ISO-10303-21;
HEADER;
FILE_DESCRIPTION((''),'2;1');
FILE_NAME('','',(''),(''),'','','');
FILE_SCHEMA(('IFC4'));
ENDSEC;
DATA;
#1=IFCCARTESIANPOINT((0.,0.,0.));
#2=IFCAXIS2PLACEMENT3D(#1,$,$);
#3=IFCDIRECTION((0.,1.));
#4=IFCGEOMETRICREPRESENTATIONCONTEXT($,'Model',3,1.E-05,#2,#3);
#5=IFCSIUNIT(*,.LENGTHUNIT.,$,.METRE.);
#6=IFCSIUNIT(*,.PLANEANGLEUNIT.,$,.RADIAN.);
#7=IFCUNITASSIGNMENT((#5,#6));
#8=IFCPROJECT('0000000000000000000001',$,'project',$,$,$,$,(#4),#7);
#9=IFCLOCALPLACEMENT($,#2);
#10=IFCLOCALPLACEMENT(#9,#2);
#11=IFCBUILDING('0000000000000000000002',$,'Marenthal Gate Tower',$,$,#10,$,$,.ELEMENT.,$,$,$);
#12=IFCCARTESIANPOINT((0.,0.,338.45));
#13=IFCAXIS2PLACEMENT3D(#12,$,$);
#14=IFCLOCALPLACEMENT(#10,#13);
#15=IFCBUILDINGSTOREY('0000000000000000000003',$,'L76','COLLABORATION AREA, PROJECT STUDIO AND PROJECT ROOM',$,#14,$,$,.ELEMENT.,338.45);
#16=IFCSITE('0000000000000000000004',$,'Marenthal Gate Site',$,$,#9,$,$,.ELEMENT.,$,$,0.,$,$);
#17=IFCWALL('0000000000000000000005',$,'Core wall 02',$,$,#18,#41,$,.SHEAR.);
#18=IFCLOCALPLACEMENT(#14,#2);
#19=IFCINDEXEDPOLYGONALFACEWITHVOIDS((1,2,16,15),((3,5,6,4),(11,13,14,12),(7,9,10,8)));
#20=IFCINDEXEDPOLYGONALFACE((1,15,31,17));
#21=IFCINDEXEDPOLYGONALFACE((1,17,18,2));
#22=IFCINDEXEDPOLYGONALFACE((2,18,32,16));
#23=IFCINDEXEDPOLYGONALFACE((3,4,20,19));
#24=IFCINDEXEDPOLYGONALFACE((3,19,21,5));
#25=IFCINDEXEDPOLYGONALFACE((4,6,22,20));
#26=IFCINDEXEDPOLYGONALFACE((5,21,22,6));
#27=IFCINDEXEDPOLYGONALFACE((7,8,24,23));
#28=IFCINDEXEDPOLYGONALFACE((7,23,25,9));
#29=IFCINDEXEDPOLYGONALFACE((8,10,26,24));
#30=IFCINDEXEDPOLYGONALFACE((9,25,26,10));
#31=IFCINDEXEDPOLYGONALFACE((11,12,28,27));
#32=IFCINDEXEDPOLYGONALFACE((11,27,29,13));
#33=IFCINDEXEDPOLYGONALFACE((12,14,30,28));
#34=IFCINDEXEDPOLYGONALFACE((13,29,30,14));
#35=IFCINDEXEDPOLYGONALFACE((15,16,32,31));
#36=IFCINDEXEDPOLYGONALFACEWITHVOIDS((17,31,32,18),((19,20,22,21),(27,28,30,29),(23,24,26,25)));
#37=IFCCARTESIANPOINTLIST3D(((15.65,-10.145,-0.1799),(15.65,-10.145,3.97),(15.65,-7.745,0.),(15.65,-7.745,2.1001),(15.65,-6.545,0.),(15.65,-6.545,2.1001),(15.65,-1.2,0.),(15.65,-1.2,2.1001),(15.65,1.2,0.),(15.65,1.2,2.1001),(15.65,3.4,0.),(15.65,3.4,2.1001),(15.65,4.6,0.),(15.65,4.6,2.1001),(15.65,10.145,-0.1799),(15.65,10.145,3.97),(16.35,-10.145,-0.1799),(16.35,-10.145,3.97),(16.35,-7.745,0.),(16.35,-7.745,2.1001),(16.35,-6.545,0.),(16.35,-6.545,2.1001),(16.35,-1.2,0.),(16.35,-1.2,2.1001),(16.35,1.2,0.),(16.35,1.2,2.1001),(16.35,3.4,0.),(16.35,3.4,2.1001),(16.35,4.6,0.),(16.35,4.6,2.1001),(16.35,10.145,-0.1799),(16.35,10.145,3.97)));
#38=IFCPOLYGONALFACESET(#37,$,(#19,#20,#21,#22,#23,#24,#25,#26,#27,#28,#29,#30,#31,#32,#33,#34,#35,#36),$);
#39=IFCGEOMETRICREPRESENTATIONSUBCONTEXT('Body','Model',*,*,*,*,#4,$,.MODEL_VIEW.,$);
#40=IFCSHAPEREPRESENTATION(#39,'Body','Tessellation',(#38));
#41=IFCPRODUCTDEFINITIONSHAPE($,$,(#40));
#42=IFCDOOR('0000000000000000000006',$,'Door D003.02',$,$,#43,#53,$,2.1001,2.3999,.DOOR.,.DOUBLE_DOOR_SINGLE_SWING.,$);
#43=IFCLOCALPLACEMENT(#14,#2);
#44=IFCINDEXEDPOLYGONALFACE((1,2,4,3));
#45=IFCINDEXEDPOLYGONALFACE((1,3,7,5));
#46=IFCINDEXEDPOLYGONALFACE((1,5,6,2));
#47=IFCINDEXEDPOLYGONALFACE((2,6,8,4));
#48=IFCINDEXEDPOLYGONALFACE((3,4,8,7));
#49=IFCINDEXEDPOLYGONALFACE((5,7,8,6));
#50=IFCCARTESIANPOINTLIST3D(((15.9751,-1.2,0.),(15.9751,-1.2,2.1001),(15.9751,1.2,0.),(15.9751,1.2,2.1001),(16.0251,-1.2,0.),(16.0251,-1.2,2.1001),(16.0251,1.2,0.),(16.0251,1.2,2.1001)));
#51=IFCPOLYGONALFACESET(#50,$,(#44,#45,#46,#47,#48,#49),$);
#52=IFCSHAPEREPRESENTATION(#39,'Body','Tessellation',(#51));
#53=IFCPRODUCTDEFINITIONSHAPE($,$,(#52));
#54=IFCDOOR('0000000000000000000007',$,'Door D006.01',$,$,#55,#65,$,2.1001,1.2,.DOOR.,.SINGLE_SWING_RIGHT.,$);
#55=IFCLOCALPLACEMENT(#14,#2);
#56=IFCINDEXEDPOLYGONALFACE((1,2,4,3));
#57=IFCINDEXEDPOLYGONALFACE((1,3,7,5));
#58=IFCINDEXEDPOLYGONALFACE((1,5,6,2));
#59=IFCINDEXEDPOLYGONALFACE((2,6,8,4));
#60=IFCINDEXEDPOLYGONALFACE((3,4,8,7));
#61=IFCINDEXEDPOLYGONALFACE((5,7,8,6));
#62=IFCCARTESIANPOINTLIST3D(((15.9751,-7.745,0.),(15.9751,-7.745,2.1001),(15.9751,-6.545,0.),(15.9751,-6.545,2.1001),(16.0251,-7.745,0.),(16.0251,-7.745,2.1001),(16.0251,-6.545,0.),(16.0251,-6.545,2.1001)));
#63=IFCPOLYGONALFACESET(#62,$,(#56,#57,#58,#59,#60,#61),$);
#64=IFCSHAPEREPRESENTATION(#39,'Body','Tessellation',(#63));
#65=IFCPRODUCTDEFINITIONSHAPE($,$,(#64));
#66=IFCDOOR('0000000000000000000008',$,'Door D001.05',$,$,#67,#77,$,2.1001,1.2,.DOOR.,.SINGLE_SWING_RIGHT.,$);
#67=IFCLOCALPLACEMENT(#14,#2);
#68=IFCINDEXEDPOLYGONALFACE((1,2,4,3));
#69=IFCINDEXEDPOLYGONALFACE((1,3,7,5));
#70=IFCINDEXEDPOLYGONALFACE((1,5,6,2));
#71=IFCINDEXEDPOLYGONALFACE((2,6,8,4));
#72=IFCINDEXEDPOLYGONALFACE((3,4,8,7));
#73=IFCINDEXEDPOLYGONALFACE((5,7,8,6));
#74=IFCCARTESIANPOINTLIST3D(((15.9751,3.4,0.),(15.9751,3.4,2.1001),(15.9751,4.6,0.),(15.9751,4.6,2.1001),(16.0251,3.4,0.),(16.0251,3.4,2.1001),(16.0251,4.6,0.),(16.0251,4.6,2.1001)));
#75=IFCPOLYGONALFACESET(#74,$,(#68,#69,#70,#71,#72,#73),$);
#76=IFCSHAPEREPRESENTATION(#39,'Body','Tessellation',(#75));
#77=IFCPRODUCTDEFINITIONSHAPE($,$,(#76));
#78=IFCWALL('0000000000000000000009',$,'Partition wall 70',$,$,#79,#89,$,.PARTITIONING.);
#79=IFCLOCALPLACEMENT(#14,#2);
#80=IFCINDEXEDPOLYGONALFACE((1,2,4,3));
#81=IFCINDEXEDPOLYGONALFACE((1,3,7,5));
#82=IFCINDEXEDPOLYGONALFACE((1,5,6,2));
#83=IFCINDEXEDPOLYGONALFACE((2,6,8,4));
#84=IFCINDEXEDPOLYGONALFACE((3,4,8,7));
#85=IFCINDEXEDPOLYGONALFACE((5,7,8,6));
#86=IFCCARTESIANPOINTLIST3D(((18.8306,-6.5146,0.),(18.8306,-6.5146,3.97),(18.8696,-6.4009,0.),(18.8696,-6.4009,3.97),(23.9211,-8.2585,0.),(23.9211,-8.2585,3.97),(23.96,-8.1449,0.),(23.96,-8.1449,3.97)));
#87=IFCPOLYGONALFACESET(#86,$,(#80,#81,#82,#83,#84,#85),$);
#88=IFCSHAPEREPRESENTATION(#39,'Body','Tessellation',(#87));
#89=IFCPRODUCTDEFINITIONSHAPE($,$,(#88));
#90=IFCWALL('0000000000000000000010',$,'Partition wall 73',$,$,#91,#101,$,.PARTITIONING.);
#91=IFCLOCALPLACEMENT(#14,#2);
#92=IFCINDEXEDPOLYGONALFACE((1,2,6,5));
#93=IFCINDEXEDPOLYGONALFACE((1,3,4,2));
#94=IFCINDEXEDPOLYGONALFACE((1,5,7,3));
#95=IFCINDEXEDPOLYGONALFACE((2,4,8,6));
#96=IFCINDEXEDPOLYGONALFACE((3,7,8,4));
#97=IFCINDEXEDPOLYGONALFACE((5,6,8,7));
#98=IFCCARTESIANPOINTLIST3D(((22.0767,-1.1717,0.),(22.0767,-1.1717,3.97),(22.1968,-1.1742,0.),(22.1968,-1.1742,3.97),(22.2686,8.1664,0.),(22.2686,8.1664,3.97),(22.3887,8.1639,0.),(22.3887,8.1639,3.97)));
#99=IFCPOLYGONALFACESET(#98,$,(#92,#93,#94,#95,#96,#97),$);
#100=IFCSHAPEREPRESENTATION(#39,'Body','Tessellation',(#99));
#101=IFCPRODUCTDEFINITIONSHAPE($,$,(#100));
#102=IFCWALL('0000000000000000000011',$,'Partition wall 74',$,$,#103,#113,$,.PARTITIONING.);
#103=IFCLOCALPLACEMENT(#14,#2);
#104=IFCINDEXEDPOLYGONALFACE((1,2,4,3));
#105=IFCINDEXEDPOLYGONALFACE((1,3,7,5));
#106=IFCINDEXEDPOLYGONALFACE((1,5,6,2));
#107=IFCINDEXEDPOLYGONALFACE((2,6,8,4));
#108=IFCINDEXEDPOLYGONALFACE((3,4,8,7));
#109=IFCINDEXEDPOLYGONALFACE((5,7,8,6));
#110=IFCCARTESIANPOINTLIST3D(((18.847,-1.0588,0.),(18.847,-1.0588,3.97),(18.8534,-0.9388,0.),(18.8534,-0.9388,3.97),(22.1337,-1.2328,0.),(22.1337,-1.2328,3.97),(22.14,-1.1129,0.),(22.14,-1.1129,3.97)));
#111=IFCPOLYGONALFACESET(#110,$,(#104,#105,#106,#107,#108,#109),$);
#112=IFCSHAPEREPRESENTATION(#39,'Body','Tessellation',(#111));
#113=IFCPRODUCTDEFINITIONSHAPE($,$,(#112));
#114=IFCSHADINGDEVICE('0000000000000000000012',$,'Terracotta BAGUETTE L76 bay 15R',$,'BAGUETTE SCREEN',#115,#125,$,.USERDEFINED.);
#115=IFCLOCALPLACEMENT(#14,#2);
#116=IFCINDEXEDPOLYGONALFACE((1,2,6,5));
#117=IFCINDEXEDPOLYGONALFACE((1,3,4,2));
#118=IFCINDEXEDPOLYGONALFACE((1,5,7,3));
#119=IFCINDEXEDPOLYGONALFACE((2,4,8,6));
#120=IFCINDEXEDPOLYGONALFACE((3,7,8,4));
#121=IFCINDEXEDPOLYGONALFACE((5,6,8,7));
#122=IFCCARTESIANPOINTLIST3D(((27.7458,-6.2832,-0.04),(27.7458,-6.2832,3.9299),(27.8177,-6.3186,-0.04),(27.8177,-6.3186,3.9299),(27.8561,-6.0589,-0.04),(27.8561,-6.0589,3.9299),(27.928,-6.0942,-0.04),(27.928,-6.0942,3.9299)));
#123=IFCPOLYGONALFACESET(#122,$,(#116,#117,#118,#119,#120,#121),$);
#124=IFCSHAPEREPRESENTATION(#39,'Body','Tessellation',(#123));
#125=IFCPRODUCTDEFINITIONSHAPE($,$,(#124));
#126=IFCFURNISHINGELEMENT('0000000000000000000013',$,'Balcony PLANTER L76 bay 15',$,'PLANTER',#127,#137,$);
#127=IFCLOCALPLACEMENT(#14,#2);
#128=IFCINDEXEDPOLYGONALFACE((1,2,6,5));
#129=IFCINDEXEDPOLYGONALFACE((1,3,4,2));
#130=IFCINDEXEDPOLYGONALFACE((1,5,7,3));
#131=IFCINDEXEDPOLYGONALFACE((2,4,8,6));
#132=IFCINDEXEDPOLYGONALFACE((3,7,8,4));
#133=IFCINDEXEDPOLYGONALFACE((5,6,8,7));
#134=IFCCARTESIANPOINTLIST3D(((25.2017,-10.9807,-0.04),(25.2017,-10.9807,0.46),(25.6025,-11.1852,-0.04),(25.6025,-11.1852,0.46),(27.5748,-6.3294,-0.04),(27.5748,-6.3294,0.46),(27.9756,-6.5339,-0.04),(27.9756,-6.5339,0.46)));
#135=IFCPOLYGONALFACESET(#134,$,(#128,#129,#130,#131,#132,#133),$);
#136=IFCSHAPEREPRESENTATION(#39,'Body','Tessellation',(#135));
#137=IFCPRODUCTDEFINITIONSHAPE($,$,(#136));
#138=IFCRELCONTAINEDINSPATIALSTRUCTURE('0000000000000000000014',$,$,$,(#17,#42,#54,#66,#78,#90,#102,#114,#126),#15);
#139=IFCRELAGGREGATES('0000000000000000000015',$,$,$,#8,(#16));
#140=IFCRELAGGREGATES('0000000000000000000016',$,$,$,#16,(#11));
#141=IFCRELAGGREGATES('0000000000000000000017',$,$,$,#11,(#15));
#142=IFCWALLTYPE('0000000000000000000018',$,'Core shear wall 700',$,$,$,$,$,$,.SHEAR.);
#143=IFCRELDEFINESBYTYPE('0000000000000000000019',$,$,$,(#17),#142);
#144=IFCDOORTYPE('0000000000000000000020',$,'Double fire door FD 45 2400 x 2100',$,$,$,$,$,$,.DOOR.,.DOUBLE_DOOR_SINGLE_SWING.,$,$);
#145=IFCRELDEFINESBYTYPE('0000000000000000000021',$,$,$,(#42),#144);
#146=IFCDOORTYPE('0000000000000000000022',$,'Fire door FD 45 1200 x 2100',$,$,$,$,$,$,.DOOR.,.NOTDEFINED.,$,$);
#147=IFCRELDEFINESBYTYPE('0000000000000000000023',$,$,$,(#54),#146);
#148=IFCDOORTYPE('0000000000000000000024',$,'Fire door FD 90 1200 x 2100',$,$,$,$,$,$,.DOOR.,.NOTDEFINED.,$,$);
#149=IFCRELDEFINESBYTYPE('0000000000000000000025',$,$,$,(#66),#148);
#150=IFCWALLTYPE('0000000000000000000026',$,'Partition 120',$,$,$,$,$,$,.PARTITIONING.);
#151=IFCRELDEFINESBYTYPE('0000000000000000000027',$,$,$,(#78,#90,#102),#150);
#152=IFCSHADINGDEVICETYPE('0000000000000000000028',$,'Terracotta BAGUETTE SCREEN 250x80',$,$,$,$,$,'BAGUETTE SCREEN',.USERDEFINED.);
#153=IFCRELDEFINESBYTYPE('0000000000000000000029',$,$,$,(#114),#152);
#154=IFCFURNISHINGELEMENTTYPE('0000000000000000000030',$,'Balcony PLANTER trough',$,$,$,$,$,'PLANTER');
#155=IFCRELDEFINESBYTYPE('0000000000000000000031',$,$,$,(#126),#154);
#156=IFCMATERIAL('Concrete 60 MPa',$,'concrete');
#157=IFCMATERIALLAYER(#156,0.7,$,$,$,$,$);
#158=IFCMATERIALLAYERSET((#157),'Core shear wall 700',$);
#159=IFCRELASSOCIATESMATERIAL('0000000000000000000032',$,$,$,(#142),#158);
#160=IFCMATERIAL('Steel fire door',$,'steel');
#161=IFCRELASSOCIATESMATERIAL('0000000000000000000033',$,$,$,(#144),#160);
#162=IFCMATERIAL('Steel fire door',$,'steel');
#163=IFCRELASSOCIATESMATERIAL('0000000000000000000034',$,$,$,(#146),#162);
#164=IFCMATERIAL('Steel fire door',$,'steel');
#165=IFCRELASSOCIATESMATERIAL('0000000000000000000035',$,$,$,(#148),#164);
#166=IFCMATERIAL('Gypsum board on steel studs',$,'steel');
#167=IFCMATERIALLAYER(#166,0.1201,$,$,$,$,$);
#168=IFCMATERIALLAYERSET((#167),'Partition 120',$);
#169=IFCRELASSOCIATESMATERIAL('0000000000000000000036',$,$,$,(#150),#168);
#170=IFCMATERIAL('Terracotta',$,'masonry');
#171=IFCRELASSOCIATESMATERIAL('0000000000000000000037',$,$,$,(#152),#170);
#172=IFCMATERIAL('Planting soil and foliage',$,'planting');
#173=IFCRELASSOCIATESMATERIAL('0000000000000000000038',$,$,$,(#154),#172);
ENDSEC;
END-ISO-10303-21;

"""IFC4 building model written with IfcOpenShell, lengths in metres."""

from ifc_helpers import new_model, si_unit, direction, frame, frame_2d, origin, origin_2d, place, context, subcontext, project, spatial, rectangle, extrude, material, layer, layer_set, material_profile, profile_set, type_object, element, fill, save


model = new_model("IFC4")

# Units and contexts
model_context = context("Model", 3, precision=1e-05, world=origin(), true_north=direction((0.0, 1.0)))
body_context = subcontext(model_context, "Body", "Model", "MODEL_VIEW")
ifc_project = project(units=[si_unit("LENGTHUNIT", "METRE"), si_unit("PLANEANGLEUNIT", "RADIAN")], contexts=[model_context])

# Site, building, storey
site_placement = place(None, origin())
site = spatial("IfcSite", under=ifc_project, at=site_placement, Name="Marenthal Gate Site", CompositionType="ELEMENT", RefElevation=0.0)
building_placement = place(site_placement, origin())
building = spatial("IfcBuilding", under=site, at=building_placement, Name="Marenthal Gate Tower", CompositionType="ELEMENT")
storey_placement = place(building_placement, frame((0.0, 0.0, 338.45)))
storey = spatial("IfcBuildingStorey", under=building, at=storey_placement, Name="L76", Description="COLLABORATION AREA, PROJECT STUDIO AND PROJECT ROOM", CompositionType="ELEMENT", Elevation=338.45)

# Wall, openings, doors
ifc_material_1 = material(Name="Concrete 60 MPa", Category="concrete")
ifc_layer_1 = layer(ifc_material_1, 0.7)
ifc_layer_set_1 = layer_set([ifc_layer_1], Name="Core shear wall 700")
wall_type_1 = type_object("IfcWallType", Name="Core shear wall 700", PredefinedType="SHEAR", material=ifc_layer_set_1)
wall_1_placement = place(storey_placement, frame((16.0, -10.145, -0.1799), z_axis=(0.0, 0.0, 1.0), x_axis=(0.0, 1.0, 0.0)))
wall_1 = element("IfcWall", 1, at=wall_1_placement, inside=storey, type_object=wall_type_1, Name="Core wall 02", PredefinedType="SHEAR", context=body_context, shape_type="SweptSolid", body=[
    extrude(rectangle(XDim=20.29, YDim=0.7, at=frame_2d((10.145, 0.0))), origin(), (0.0, 0.0, 1.0), 4.1499),
])
opening_1_placement = place(wall_1_placement, frame((8.9451, 0.0, 0.1799)))
opening_1 = element("IfcOpeningElement", 2, at=opening_1_placement, cuts=wall_1, PredefinedType="OPENING", context=body_context, shape_type="SweptSolid", body=[
    extrude(rectangle(XDim=2.3999, YDim=2.1001, at=frame_2d((1.2, 1.05))), frame((0.0, 0.3599, 0.0), z_axis=(0.0, -1.0, 0.0), x_axis=(1.0, 0.0, 0.0)), (0.0, 0.0, 1.0), 0.72),
])
opening_2_placement = place(wall_1_placement, frame((13.5449, 0.0, 0.1799)))
opening_2 = element("IfcOpeningElement", 3, at=opening_2_placement, cuts=wall_1, PredefinedType="OPENING", context=body_context, shape_type="SweptSolid", body=[
    extrude(rectangle(XDim=1.2, YDim=2.1001, at=frame_2d((0.6001, 1.05))), frame((0.0, 0.3599, 0.0), z_axis=(0.0, -1.0, 0.0), x_axis=(1.0, 0.0, 0.0)), (0.0, 0.0, 1.0), 0.72),
])
opening_3_placement = place(wall_1_placement, frame((2.3999, 0.0, 0.1799)))
opening_3 = element("IfcOpeningElement", 4, at=opening_3_placement, cuts=wall_1, PredefinedType="OPENING", context=body_context, shape_type="SweptSolid", body=[
    extrude(rectangle(XDim=1.2, YDim=2.1001, at=frame_2d((0.6001, 1.05))), frame((0.0, 0.3599, 0.0), z_axis=(0.0, -1.0, 0.0), x_axis=(1.0, 0.0, 0.0)), (0.0, 0.0, 1.0), 0.72),
])
ifc_material_2 = material(Name="Steel fire door", Category="steel")
door_type_1 = type_object("IfcDoorType", Name="Double fire door FD 45 2400 x 2100", OperationType="DOUBLE_DOOR_SINGLE_SWING", PredefinedType="DOOR", material=ifc_material_2)
door_1_placement = place(opening_1_placement, origin())
door_1 = element("IfcDoor", 5, at=door_1_placement, inside=storey, type_object=door_type_1, Name="Door D003.02", OperationType="DOUBLE_DOOR_SINGLE_SWING", OverallHeight=2.1001, OverallWidth=2.3999, PredefinedType="DOOR", context=body_context, shape_type="SweptSolid", body=[
    extrude(rectangle(XDim=2.3999, YDim=2.1001, at=frame_2d((1.2, 1.05))), frame((0.0, 0.0249, 0.0), z_axis=(0.0, -1.0, 0.0), x_axis=(1.0, 0.0, 0.0)), (0.0, 0.0, 1.0), 0.05),
])
fill(opening_1, door_1)
ifc_material_3 = material(Name="Steel fire door", Category="steel")
door_type_2 = type_object("IfcDoorType", Name="Fire door FD 45 1200 x 2100", OperationType="NOTDEFINED", PredefinedType="DOOR", material=ifc_material_3)
door_2_placement = place(opening_3_placement, origin())
door_2 = element("IfcDoor", 6, at=door_2_placement, inside=storey, type_object=door_type_2, Name="Door D006.01", OperationType="SINGLE_SWING_RIGHT", OverallHeight=2.1001, OverallWidth=1.2, PredefinedType="DOOR", context=body_context, shape_type="SweptSolid", body=[
    extrude(rectangle(XDim=1.2, YDim=2.1001, at=frame_2d((0.6001, 1.05))), frame((0.0, 0.0249, 0.0), z_axis=(0.0, -1.0, 0.0), x_axis=(1.0, 0.0, 0.0)), (0.0, 0.0, 1.0), 0.05),
])
fill(opening_3, door_2)
ifc_material_4 = material(Name="Steel fire door", Category="steel")
door_type_3 = type_object("IfcDoorType", Name="Fire door FD 90 1200 x 2100", OperationType="NOTDEFINED", PredefinedType="DOOR", material=ifc_material_4)
door_3_placement = place(opening_2_placement, origin())
door_3 = element("IfcDoor", 7, at=door_3_placement, inside=storey, type_object=door_type_3, Name="Door D001.05", OperationType="SINGLE_SWING_RIGHT", OverallHeight=2.1001, OverallWidth=1.2, PredefinedType="DOOR", context=body_context, shape_type="SweptSolid", body=[
    extrude(rectangle(XDim=1.2, YDim=2.1001, at=frame_2d((0.6001, 1.05))), frame((0.0, 0.0249, 0.0), z_axis=(0.0, -1.0, 0.0), x_axis=(1.0, 0.0, 0.0)), (0.0, 0.0, 1.0), 0.05),
])
fill(opening_2, door_3)

# Walls
ifc_material_5 = material(Name="Gypsum board on steel studs", Category="steel")
ifc_layer_2 = layer(ifc_material_5, 0.1201)
ifc_layer_set_2 = layer_set([ifc_layer_2], Name="Partition 120")
wall_type_2 = type_object("IfcWallType", Name="Partition 120", PredefinedType="PARTITIONING", material=ifc_layer_set_2)
wall_2_placement = place(storey_placement, frame((18.8501, -6.4578, 0.0), z_axis=(0.0, 0.0, 1.0), x_axis=(0.946023, -0.324098, 0.0)))
element("IfcWall", 8, at=wall_2_placement, inside=storey, type_object=wall_type_2, Name="Partition wall 70", PredefinedType="PARTITIONING", context=body_context, shape_type="SweptSolid", body=[
    extrude(rectangle(XDim=5.3809, YDim=0.1201, at=frame_2d((2.6904, 0.0))), origin(), (0.0, 0.0, 1.0), 3.97),
])
wall_3_placement = place(storey_placement, frame((22.1367, -1.1729, 0.0), z_axis=(0.0, 0.0, 1.0), x_axis=(0.020545, 0.999789, 0.0)))
element("IfcWall", 9, at=wall_3_placement, inside=storey, type_object=wall_type_2, Name="Partition wall 73", PredefinedType="PARTITIONING", context=body_context, shape_type="SweptSolid", body=[
    extrude(rectangle(XDim=9.3401, YDim=0.1201, at=frame_2d((4.6699, 0.0))), origin(), (0.0, 0.0, 1.0), 3.97),
])
wall_4_placement = place(storey_placement, frame((22.1367, -1.1729, 0.0), z_axis=(0.0, 0.0, 1.0), x_axis=(-0.9986, 0.05289, 0.0)))
element("IfcWall", 10, at=wall_4_placement, inside=storey, type_object=wall_type_2, Name="Partition wall 74", PredefinedType="PARTITIONING", context=body_context, shape_type="SweptSolid", body=[
    extrude(rectangle(XDim=3.2913, YDim=0.1201, at=frame_2d((1.6455, 0.0))), origin(), (0.0, 0.0, 1.0), 3.97),
])

# Shading device
ifc_material_6 = material(Name="Terracotta", Category="masonry")
ifc_material_profile_1 = material_profile(ifc_material_6, rectangle(XDim=0.25, YDim=0.0801, at=origin_2d()), Name="Terracotta baguette 250x80")
ifc_profile_set_1 = profile_set([ifc_material_profile_1], Name="Terracotta")
shading_device_type = type_object("IfcShadingDeviceType", Name="Terracotta BAGUETTE SCREEN 250x80", ElementType="BAGUETTE SCREEN", PredefinedType="USERDEFINED", material=ifc_profile_set_1)
shading_device_placement = place(storey_placement, frame((27.8369, -6.1887, -0.04), z_axis=(0.0, 0.0, 1.0), x_axis=(0.441298, 0.897361, 0.0)))
element("IfcShadingDevice", 11, at=shading_device_placement, inside=storey, type_object=shading_device_type, Name="Terracotta BAGUETTE L76 bay 15R", ObjectType="BAGUETTE SCREEN", PredefinedType="USERDEFINED", context=body_context, shape_type="SweptSolid", body=[
    extrude(rectangle(XDim=0.25, YDim=0.0801, at=origin_2d()), origin(), (0.0, 0.0, 1.0), 3.97),
])

# Furnishing element
ifc_material_7 = material(Name="Planting soil and foliage", Category="planting")
furnishing_element_type = type_object("IfcFurnishingElementType", Name="Balcony PLANTER trough", ElementType="PLANTER", material=ifc_material_7)
furnishing_placement = place(storey_placement, frame((26.5886, -8.7573, -0.04), z_axis=(0.0, 0.0, 1.0), x_axis=(0.454476, 0.890759, 0.0)))
element("IfcFurnishingElement", 12, at=furnishing_placement, inside=storey, type_object=furnishing_element_type, Name="Balcony PLANTER L76 bay 15", ObjectType="PLANTER", context=body_context, shape_type="SweptSolid", body=[
    extrude(rectangle(XDim=5.2217, YDim=0.45, at=origin_2d()), origin(), (0.0, 0.0, 1.0), 0.5),
])

save(model, "model.ifc")
